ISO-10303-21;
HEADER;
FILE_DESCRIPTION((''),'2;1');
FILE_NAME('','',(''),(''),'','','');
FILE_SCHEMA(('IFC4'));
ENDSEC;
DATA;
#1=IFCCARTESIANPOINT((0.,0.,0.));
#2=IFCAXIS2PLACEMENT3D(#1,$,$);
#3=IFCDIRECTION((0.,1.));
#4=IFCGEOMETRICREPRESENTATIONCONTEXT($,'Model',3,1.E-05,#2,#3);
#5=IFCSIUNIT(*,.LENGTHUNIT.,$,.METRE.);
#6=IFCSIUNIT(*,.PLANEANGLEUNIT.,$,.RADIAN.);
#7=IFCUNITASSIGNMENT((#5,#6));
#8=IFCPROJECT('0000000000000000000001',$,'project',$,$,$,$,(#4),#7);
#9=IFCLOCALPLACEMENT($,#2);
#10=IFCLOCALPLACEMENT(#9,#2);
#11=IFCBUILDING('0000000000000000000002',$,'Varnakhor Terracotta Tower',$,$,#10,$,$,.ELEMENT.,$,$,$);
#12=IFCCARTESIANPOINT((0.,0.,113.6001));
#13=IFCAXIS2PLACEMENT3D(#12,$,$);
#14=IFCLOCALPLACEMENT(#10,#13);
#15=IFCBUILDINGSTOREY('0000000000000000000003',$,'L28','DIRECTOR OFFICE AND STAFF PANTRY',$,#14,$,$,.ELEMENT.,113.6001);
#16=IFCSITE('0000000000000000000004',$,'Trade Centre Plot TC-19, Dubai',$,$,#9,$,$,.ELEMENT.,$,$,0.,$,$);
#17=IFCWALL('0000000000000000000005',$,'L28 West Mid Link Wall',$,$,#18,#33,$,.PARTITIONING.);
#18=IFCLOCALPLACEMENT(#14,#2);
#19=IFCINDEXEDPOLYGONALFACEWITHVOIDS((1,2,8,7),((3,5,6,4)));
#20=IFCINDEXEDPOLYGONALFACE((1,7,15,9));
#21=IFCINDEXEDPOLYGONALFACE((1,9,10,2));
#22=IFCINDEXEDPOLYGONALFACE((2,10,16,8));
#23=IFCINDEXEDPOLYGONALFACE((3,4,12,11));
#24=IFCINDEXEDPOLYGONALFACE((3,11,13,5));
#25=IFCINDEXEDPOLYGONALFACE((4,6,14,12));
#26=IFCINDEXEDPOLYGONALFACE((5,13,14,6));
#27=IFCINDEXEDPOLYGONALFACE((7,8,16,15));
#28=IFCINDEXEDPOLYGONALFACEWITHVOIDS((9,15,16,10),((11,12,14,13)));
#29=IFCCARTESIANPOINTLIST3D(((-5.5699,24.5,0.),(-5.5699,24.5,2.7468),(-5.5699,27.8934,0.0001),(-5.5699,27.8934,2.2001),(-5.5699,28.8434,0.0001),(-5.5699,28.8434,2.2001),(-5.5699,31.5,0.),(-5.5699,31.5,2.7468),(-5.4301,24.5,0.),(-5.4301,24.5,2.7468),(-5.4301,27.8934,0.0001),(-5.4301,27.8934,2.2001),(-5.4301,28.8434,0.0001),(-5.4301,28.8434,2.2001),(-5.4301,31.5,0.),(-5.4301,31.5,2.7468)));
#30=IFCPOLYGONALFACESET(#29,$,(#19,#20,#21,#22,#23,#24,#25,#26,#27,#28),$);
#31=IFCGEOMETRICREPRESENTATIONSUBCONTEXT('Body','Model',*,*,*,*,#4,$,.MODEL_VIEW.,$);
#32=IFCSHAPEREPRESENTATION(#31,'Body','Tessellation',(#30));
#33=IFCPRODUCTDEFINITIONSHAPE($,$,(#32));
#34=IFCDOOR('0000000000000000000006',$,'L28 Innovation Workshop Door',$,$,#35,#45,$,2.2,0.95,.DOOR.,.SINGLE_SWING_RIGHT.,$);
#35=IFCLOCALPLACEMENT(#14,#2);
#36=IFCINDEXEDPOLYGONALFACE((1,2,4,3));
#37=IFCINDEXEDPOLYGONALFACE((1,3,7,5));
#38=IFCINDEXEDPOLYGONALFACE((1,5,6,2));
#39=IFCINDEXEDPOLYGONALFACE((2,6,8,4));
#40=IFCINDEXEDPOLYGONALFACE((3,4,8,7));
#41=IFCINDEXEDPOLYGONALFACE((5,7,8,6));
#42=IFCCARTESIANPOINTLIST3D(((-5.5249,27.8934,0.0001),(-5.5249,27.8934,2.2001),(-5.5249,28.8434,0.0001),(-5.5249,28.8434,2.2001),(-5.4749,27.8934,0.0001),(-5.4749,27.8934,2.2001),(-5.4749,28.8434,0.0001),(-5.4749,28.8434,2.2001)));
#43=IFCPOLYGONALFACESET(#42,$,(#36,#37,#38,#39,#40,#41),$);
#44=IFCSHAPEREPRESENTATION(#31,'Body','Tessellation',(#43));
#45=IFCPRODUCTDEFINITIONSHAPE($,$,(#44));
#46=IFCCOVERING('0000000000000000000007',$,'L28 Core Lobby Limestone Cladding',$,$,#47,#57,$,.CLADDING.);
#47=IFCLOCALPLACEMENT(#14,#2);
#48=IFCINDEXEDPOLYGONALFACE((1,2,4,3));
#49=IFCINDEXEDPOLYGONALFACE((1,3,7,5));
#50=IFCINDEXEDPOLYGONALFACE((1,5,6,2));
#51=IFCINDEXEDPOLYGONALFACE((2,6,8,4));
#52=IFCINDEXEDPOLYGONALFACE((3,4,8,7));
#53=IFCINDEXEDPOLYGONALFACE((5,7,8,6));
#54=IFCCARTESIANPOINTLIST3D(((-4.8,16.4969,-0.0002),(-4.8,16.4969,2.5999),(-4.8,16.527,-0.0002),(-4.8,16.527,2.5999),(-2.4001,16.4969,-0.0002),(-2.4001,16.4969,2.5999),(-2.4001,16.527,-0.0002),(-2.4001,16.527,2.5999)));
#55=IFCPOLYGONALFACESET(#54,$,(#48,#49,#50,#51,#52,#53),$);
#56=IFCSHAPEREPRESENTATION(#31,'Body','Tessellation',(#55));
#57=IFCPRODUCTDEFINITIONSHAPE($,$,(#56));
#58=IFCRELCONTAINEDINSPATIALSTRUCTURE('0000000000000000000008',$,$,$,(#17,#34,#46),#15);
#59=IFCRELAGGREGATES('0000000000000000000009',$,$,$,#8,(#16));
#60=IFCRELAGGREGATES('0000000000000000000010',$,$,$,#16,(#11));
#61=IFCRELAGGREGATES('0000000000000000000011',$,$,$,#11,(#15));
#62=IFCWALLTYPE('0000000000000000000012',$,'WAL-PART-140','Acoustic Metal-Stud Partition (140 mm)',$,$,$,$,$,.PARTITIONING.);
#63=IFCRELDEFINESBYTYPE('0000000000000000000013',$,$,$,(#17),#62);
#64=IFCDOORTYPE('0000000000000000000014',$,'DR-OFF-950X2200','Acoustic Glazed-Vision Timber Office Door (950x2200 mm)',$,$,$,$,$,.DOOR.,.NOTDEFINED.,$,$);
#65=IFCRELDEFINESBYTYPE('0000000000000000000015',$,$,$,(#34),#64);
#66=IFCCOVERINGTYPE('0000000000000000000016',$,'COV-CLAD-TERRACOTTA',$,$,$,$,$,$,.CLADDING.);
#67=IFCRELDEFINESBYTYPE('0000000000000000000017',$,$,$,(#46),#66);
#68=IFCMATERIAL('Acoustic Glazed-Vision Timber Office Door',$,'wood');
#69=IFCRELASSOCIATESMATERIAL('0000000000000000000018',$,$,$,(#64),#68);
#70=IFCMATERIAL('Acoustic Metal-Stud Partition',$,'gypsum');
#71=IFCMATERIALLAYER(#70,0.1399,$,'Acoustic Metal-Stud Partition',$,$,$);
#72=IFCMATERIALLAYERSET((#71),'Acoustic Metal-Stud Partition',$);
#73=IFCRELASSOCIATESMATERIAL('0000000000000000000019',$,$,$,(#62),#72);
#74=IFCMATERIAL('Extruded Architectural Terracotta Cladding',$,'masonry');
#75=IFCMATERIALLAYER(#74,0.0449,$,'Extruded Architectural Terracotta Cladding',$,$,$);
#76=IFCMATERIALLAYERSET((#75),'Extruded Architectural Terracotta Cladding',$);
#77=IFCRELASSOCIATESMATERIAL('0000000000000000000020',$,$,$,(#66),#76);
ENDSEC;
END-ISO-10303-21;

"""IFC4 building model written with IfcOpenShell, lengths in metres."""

from ifc_helpers import new_model, si_unit, direction, frame, frame_2d, origin, origin_2d, place, context, subcontext, project, spatial, rectangle, extrude, source, transform, mapped, material, layer, layer_set, type_object, type_shapes, element, fill, save


model = new_model("IFC4")

# Units and contexts
model_context = context("Model", 3, precision=1e-05, world=origin(), true_north=direction((0.0, 1.0)))
body_context = subcontext(model_context, "Body", "Model", "MODEL_VIEW")
ifc_project = project(units=[si_unit("LENGTHUNIT", "METRE"), si_unit("PLANEANGLEUNIT", "RADIAN")], contexts=[model_context])

# Site, building, storey
site_placement = place(None, origin())
site = spatial("IfcSite", under=ifc_project, at=site_placement, Name="Trade Centre Plot TC-19, Dubai", CompositionType="ELEMENT", RefElevation=0.0)
building_placement = place(site_placement, origin())
building = spatial("IfcBuilding", under=site, at=building_placement, Name="Varnakhor Terracotta Tower", CompositionType="ELEMENT")
storey_placement = place(building_placement, frame((0.0, 0.0, 113.6001)))
storey = spatial("IfcBuildingStorey", under=building, at=storey_placement, Name="L28", Description="DIRECTOR OFFICE AND STAFF PANTRY", CompositionType="ELEMENT", Elevation=113.6001)

# Shared definitions
ifc_material_1 = material(Name="Acoustic Glazed-Vision Timber Office Door", Category="wood")
door_type = type_object("IfcDoorType", Name="DR-OFF-950X2200", Description="Acoustic Glazed-Vision Timber Office Door (950x2200 mm)", OperationType="NOTDEFINED", PredefinedType="DOOR", material=ifc_material_1)
shared_shape_1 = source(origin(), body_context, "Body", "SweptSolid", [
    extrude(rectangle(XDim=0.95, YDim=2.2, at=frame_2d((0.4751, 1.1001))), frame((0.0, 0.0249, 0.0), z_axis=(0.0, -1.0, 0.0), x_axis=(1.0, 0.0, 0.0)), (0.0, 0.0, 1.0), 0.05),
])
type_shapes(door_type, [shared_shape_1])

# Wall, opening, door
ifc_material_2 = material(Name="Acoustic Metal-Stud Partition", Category="gypsum")
ifc_layer_1 = layer(ifc_material_2, 0.1399, Name="Acoustic Metal-Stud Partition")
ifc_layer_set_1 = layer_set([ifc_layer_1], Name="Acoustic Metal-Stud Partition")
wall_type_1 = type_object("IfcWallType", Name="WAL-PART-140", Description="Acoustic Metal-Stud Partition (140 mm)", PredefinedType="PARTITIONING", material=ifc_layer_set_1)
wall_1_placement = place(storey_placement, frame((-5.5, 24.5, 0.0), z_axis=(0.0, 0.0, 1.0), x_axis=(0.0, 1.0, 0.0)))
wall_1 = element("IfcWall", 1, at=wall_1_placement, inside=storey, type_object=wall_type_1, Name="L28 West Mid Link Wall", PredefinedType="PARTITIONING", context=body_context, shape_type="SweptSolid", body=[
    extrude(rectangle(XDim=7.0, YDim=0.1399, at=frame_2d((3.5, 0.0))), origin(), (0.0, 0.0, 1.0), 2.7468),
])
opening_1_placement = place(wall_1_placement, frame((3.3933, 0.0, 0.0)))
opening_1 = element("IfcOpeningElement", 2, at=opening_1_placement, cuts=wall_1, PredefinedType="OPENING", context=body_context, shape_type="SweptSolid", body=[
    extrude(rectangle(XDim=0.95, YDim=2.2, at=frame_2d((0.4751, 1.1001))), frame((0.0, 0.0801, 0.0), z_axis=(0.0, -1.0, 0.0), x_axis=(1.0, 0.0, 0.0)), (0.0, 0.0, 1.0), 0.1599),
])
door_1_placement = place(opening_1_placement, origin())
door_1 = element("IfcDoor", 3, at=door_1_placement, inside=storey, type_object=door_type, Name="L28 Innovation Workshop Door", OperationType="SINGLE_SWING_RIGHT", OverallHeight=2.2, OverallWidth=0.95, PredefinedType="DOOR", context=body_context, shape_type="MappedRepresentation", body=[
    mapped(shared_shape_1, transform((0.0, 0.0, 0.0), scale=1.0)),
])
fill(opening_1, door_1)

# Covering
ifc_material_3 = material(Name="Extruded Architectural Terracotta Cladding", Category="masonry")
ifc_layer_2 = layer(ifc_material_3, 0.0449, Name="Extruded Architectural Terracotta Cladding")
ifc_layer_set_2 = layer_set([ifc_layer_2], Name="Extruded Architectural Terracotta Cladding")
covering_type = type_object("IfcCoveringType", Name="COV-CLAD-TERRACOTTA", PredefinedType="CLADDING", material=ifc_layer_set_2)
shared_shape_2 = source(origin(), body_context, "Body", "SweptSolid", [
    extrude(rectangle(XDim=2.3999, YDim=0.03, at=origin_2d()), origin(), (0.0, 0.0, 1.0), 2.6001),
])
type_shapes(covering_type, [shared_shape_2])
covering_placement = place(storey_placement, frame((-3.6001, 16.512, -0.0002), z_axis=(0.0, 0.0, 1.0), x_axis=(1.0, 0.0, 0.0)))
element("IfcCovering", 4, at=covering_placement, inside=storey, type_object=covering_type, Name="L28 Core Lobby Limestone Cladding", PredefinedType="CLADDING", context=body_context, shape_type="MappedRepresentation", body=[
    mapped(shared_shape_2, transform((0.0, 0.0, 0.0), scale=1.0)),
])

save(model, "model.ifc")
